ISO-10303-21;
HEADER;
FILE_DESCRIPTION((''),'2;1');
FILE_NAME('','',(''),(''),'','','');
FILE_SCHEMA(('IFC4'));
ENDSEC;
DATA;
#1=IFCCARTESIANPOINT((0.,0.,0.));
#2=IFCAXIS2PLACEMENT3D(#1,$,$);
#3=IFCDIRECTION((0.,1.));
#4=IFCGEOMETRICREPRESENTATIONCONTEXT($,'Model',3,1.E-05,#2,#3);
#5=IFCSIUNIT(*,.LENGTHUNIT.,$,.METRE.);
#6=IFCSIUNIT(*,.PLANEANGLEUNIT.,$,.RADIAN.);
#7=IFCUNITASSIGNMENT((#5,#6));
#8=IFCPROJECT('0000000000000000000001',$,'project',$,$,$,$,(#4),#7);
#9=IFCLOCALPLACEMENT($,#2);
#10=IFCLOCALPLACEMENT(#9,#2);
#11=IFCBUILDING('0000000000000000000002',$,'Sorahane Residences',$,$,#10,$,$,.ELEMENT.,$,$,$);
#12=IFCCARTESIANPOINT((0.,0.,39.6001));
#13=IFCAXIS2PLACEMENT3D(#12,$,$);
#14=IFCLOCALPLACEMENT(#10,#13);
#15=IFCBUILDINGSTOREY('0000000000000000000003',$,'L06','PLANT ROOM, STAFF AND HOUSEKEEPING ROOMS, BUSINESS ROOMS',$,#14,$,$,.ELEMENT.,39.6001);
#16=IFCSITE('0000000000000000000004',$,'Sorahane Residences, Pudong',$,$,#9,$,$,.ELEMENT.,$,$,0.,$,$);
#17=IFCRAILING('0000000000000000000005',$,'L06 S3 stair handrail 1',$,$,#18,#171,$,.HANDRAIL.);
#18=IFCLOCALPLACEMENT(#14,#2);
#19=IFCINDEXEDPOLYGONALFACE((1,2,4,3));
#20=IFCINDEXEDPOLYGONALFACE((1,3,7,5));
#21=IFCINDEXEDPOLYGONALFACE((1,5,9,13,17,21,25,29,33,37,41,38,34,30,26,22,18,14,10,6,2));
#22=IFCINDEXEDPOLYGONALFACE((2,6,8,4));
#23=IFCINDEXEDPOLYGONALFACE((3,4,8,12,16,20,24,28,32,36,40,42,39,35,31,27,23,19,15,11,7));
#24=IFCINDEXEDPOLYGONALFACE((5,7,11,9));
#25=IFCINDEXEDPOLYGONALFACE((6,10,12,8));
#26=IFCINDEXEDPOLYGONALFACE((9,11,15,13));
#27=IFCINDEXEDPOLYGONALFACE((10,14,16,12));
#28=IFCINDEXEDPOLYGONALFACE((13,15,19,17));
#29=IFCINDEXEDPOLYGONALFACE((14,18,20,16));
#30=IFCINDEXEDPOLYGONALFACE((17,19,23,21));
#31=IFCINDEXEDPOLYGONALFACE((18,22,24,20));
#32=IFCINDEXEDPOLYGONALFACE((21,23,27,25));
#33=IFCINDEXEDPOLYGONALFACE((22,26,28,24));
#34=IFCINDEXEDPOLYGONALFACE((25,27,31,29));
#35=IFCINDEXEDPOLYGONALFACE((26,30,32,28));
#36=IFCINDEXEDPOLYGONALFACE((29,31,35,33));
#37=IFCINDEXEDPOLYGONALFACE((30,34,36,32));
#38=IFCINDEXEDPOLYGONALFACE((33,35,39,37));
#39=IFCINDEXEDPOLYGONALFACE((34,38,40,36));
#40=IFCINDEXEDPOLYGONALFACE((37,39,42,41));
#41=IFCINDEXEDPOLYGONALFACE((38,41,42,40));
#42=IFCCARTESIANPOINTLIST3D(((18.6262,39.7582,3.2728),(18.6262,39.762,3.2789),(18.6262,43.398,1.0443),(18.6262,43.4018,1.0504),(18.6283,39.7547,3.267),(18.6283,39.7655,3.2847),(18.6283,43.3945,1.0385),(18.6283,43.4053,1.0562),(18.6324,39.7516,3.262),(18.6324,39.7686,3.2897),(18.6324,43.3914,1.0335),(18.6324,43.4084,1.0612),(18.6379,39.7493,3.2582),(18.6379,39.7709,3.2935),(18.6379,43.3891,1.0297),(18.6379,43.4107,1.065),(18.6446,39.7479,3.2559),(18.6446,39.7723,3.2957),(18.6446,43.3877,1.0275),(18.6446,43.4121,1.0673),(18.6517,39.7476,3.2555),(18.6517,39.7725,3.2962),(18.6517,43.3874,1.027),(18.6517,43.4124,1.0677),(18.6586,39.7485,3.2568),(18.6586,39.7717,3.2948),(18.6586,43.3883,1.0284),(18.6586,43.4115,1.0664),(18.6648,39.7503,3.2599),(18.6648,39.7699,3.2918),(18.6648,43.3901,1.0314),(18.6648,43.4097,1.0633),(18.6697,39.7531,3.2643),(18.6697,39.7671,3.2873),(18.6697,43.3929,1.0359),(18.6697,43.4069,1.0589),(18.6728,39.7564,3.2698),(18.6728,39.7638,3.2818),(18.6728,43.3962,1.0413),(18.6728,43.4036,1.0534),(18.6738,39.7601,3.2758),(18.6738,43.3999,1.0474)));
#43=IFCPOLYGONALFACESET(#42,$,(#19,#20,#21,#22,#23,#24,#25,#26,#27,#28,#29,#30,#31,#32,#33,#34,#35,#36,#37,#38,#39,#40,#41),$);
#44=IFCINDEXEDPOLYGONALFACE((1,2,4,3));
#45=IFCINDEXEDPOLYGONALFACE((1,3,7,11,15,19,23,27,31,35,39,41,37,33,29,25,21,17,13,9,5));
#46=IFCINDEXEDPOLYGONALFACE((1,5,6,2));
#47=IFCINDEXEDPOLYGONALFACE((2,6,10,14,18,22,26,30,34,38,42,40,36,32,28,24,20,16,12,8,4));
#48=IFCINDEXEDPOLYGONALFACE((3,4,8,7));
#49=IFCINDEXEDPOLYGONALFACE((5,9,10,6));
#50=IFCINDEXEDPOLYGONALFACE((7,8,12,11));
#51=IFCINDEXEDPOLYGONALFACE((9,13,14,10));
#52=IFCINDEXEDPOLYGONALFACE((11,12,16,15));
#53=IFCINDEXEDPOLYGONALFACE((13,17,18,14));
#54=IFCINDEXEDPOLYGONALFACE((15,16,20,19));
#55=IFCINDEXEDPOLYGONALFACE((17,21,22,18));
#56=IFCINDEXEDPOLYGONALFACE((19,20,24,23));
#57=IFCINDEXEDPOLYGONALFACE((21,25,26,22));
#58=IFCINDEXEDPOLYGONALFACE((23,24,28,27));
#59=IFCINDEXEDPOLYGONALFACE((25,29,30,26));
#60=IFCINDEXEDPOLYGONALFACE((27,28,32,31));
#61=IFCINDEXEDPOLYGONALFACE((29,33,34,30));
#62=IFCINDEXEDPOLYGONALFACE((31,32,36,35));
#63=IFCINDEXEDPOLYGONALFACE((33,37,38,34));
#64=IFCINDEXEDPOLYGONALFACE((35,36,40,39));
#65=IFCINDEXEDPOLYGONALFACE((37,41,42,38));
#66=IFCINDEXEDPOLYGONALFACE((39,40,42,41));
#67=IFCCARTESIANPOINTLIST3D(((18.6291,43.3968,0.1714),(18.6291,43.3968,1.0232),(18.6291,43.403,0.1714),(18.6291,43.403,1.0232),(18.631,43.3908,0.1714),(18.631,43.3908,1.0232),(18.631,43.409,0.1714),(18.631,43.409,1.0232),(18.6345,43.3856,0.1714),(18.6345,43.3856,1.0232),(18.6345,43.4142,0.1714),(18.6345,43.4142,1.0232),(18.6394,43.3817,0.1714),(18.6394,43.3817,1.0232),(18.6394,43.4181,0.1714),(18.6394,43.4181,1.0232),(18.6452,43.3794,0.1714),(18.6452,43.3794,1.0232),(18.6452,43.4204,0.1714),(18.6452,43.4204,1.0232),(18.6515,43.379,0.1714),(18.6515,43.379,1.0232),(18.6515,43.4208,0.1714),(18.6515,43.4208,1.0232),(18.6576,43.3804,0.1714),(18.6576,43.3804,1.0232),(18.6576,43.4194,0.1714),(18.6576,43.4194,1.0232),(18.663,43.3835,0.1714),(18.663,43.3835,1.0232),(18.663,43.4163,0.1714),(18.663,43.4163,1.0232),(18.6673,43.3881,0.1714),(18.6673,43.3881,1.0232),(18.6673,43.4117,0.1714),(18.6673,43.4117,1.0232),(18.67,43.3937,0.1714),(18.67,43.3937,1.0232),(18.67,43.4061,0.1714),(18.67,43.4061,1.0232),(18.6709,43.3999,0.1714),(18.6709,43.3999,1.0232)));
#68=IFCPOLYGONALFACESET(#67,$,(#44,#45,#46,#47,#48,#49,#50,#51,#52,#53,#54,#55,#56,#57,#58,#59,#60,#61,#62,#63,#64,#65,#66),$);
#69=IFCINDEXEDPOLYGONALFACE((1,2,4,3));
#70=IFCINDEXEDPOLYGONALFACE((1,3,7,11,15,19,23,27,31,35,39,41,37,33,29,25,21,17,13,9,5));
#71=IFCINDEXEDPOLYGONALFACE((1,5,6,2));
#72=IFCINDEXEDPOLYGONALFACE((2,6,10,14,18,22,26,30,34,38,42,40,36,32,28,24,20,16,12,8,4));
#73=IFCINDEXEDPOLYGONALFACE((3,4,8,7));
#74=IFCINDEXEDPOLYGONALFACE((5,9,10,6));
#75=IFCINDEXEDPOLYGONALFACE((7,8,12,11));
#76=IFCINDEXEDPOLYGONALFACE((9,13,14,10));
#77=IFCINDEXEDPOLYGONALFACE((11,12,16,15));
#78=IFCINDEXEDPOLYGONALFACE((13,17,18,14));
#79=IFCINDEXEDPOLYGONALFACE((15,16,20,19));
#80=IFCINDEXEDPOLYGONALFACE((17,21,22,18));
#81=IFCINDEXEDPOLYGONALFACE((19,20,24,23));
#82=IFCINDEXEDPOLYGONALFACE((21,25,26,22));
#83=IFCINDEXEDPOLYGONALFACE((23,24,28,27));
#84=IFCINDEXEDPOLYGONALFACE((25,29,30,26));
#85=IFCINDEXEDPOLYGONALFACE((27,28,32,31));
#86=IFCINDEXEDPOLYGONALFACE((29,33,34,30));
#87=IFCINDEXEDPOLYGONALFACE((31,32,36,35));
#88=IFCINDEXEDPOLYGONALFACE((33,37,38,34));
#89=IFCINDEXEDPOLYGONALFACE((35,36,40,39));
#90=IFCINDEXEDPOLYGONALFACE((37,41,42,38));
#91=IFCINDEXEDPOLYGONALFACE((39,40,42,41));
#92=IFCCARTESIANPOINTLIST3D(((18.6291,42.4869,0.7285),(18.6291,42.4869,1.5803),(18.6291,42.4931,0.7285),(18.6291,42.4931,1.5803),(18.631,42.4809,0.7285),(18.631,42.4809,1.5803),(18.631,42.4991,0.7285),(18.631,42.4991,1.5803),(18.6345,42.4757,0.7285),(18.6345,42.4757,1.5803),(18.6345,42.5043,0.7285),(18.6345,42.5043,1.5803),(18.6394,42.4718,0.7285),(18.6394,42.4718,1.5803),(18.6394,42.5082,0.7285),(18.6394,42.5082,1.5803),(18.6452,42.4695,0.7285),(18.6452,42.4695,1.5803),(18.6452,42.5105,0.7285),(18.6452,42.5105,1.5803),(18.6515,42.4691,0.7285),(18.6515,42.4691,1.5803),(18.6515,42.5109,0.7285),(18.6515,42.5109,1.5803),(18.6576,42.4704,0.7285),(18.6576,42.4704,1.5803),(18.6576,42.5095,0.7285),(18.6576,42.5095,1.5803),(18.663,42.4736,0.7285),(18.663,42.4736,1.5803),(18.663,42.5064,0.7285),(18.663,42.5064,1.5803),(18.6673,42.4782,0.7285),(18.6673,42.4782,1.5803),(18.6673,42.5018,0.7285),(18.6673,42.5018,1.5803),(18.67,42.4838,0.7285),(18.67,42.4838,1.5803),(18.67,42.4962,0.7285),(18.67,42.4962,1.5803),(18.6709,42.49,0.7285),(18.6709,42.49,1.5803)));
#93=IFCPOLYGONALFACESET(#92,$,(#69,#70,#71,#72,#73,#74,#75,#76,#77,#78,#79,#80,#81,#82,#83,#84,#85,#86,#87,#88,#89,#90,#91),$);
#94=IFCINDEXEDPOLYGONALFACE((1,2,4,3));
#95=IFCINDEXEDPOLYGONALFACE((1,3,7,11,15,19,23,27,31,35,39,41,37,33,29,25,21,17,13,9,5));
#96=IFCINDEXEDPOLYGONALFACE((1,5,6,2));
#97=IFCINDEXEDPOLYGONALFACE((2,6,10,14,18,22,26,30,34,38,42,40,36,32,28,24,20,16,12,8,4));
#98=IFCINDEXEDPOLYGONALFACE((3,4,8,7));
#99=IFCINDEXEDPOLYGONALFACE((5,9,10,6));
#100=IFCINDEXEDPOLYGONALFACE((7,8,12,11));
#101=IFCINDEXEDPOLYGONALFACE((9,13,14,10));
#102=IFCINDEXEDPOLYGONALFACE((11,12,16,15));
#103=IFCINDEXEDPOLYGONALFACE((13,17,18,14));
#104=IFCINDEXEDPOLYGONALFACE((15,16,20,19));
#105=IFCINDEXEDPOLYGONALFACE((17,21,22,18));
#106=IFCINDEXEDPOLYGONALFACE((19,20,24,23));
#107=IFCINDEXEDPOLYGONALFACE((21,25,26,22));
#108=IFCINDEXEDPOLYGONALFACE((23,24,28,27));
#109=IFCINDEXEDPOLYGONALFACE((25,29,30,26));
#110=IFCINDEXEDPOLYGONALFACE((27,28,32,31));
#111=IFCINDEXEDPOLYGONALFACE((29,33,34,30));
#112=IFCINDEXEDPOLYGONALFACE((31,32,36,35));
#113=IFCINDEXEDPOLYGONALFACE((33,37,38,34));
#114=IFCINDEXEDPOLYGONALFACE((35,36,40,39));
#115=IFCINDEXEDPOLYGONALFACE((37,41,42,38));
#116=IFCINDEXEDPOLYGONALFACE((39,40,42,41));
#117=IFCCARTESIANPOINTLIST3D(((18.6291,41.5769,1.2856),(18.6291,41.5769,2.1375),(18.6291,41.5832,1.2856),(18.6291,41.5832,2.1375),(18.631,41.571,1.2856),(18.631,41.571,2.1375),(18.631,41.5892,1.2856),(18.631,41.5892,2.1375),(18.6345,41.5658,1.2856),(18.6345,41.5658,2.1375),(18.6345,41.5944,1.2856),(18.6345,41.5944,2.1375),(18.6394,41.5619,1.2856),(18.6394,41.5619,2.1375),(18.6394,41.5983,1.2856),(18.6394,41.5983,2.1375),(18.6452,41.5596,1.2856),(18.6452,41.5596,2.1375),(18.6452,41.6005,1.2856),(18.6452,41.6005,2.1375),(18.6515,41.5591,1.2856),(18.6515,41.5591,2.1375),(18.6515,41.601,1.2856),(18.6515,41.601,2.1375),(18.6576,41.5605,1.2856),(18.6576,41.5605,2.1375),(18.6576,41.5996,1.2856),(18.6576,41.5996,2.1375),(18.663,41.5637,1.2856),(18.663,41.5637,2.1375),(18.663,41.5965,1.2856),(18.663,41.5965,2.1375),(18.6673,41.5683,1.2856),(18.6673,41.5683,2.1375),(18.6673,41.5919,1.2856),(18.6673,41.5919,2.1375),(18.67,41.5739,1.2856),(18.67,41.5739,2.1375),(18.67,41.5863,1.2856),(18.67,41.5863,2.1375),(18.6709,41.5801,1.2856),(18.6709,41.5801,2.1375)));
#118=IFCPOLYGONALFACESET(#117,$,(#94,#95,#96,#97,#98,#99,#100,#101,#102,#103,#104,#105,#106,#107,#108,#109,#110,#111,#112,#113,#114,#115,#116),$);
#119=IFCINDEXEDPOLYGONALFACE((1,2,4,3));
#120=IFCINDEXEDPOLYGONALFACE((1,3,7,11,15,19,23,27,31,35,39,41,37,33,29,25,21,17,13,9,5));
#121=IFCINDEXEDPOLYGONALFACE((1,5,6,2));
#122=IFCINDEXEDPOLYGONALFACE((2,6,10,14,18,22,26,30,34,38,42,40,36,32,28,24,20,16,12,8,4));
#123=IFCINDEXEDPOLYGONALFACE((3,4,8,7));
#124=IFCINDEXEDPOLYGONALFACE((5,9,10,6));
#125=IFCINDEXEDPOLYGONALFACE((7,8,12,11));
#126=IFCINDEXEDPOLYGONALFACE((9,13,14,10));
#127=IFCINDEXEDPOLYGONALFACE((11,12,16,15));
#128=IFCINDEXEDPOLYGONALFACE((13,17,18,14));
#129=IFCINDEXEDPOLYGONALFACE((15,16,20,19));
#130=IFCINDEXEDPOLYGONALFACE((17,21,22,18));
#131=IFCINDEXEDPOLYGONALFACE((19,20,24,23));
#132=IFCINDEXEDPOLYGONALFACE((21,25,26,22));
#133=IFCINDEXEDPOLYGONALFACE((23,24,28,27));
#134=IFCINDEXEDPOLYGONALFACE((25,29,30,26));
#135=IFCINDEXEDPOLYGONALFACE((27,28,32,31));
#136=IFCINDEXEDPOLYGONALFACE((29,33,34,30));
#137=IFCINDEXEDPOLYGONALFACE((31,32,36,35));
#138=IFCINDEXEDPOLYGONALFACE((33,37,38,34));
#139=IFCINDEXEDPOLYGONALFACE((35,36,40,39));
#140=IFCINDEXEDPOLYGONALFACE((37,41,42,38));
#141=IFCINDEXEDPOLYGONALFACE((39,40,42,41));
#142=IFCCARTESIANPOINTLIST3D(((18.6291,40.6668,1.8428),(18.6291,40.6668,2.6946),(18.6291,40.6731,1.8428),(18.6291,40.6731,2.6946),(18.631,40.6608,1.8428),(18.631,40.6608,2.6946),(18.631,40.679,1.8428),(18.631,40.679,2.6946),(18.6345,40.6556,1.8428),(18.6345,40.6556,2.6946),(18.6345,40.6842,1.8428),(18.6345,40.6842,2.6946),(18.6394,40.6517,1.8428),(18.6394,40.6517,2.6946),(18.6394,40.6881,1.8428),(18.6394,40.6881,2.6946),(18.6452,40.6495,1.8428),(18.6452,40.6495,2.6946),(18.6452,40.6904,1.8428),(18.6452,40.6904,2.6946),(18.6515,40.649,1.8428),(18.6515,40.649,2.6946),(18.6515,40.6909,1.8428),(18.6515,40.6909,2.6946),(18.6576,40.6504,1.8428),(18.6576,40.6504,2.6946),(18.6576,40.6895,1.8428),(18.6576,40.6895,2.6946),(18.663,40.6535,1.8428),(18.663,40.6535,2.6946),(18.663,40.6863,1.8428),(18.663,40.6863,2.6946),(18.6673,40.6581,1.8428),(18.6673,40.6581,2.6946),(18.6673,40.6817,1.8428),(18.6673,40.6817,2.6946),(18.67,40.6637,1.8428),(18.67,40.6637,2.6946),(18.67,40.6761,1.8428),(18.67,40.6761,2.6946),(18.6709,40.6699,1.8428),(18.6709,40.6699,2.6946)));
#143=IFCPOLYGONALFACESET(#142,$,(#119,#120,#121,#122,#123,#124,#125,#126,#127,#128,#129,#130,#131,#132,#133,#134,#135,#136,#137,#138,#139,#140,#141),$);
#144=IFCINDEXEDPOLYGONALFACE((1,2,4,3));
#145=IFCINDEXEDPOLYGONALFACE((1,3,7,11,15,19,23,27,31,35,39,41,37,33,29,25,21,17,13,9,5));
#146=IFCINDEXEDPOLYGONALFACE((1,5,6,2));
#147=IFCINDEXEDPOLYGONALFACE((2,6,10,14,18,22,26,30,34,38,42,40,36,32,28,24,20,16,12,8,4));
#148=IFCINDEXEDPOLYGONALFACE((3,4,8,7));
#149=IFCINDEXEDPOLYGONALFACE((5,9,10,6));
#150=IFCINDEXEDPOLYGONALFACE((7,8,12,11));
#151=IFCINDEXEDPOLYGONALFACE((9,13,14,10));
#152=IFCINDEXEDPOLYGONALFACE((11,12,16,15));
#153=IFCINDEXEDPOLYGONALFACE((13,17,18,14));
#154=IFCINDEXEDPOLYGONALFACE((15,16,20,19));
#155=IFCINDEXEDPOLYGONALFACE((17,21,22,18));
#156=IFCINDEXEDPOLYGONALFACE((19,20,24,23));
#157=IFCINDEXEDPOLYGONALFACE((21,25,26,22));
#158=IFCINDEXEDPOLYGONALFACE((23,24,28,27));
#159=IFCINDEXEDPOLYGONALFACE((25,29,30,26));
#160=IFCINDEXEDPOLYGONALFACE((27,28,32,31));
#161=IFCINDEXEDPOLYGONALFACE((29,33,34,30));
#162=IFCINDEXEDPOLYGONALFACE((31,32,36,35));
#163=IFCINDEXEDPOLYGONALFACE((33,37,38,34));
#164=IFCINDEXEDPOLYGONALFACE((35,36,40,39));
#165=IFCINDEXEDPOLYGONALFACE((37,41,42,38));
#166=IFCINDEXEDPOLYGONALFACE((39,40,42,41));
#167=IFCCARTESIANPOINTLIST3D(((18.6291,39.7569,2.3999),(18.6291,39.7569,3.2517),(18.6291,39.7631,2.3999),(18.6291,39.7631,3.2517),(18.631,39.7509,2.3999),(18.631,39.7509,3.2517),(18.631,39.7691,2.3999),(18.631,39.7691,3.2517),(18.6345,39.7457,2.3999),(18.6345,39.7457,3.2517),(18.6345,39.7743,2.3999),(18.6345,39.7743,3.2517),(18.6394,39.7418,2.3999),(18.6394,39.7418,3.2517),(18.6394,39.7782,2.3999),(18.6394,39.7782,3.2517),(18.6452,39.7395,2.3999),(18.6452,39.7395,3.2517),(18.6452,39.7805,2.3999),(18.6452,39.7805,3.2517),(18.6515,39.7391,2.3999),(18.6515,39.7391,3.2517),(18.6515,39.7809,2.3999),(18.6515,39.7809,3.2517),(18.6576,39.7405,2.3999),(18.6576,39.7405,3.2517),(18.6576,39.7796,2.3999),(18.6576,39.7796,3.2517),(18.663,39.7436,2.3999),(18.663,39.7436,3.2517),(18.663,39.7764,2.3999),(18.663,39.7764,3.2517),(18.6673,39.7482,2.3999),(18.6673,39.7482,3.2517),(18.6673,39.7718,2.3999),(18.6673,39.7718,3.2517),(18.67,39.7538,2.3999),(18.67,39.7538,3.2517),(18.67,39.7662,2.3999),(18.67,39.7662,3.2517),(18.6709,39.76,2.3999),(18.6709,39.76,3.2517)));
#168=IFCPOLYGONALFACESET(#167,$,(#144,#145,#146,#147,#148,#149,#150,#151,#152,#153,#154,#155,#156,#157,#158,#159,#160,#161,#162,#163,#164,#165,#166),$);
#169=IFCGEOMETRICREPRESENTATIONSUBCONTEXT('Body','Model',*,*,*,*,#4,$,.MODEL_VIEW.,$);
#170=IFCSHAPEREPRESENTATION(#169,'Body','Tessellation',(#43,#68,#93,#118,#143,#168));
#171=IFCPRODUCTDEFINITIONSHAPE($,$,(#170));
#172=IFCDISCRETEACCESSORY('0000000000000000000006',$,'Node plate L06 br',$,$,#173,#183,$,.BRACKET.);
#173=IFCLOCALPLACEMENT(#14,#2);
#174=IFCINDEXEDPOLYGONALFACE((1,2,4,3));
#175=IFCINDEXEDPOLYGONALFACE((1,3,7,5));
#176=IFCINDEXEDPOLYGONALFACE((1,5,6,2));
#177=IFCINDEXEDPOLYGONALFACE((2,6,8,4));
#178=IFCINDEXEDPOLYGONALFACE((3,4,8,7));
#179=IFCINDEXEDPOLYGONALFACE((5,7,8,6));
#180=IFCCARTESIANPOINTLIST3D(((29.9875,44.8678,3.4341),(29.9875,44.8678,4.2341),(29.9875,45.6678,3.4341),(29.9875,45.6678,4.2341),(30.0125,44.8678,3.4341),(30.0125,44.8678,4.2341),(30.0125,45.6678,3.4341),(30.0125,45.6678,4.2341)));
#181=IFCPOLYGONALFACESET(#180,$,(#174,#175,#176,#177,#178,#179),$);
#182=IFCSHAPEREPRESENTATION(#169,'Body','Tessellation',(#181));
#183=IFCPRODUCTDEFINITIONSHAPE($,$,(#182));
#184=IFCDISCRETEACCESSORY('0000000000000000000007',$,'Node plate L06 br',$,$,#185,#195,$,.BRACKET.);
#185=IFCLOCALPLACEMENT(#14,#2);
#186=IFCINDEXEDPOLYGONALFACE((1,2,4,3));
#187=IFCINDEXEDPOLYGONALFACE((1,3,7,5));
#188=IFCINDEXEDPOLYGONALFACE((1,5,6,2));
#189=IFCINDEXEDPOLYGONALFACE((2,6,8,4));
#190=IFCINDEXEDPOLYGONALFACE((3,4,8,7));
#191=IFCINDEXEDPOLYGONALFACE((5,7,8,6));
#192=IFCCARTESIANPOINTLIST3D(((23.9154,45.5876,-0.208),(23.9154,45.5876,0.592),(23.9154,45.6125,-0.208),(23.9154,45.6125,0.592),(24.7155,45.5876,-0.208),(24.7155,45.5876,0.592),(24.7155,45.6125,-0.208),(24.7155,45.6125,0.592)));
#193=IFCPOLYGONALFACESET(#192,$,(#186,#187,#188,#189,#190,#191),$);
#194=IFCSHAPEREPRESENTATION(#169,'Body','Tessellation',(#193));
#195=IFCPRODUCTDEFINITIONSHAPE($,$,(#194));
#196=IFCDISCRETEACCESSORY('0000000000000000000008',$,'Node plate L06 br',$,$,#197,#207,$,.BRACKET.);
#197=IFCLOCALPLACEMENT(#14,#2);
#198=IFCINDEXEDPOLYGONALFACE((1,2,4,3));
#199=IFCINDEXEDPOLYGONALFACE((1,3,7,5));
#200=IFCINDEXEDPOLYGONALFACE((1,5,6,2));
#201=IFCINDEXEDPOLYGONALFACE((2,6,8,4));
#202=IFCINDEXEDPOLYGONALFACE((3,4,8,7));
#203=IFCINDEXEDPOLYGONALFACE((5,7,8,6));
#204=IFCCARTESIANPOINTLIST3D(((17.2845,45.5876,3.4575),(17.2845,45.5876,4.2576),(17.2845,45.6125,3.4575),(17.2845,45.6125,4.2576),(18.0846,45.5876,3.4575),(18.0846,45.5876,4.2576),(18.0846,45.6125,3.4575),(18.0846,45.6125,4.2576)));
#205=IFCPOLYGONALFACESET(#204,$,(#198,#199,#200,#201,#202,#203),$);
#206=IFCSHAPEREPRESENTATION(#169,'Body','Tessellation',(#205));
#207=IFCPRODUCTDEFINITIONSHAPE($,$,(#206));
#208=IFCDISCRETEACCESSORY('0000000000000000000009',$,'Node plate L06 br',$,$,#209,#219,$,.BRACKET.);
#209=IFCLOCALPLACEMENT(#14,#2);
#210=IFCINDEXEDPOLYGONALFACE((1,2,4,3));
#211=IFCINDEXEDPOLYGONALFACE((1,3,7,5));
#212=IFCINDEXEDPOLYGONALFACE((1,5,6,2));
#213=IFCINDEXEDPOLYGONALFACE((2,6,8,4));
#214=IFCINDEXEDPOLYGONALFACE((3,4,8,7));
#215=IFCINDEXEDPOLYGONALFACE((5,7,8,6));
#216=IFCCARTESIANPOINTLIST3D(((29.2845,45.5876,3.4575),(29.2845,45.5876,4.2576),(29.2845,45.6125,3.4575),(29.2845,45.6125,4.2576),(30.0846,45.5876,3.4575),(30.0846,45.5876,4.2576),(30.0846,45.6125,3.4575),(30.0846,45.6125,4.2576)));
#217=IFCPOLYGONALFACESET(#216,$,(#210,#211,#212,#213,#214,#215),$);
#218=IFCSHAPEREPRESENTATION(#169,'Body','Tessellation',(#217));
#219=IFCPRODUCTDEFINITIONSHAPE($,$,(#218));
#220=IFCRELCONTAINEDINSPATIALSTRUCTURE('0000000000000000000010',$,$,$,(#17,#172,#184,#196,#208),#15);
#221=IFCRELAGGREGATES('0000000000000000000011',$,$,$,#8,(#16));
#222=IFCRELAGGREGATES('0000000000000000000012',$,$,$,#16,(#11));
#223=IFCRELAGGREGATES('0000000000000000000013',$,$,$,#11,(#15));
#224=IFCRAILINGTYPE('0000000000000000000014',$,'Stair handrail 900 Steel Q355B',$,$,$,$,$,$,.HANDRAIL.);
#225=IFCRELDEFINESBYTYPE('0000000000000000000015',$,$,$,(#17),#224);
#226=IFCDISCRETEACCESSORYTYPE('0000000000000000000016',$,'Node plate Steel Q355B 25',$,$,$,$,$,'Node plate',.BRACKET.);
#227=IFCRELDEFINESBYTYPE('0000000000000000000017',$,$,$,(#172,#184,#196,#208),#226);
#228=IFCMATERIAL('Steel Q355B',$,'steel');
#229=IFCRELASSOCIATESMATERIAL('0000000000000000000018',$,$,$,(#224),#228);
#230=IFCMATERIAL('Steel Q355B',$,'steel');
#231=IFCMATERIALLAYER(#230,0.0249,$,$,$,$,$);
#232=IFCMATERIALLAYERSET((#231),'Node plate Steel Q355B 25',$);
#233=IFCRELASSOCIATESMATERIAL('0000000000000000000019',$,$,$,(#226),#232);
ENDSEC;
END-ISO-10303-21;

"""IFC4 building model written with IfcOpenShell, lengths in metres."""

from ifc_helpers import new_model, si_unit, direction, frame, origin, origin_2d, place, context, subcontext, project, spatial, rectangle, circle, extrude, material, layer, layer_set, type_object, element, save


model = new_model("IFC4")

# Units and contexts
model_context = context("Model", 3, precision=1e-05, world=origin(), true_north=direction((0.0, 1.0)))
body_context = subcontext(model_context, "Body", "Model", "MODEL_VIEW")
ifc_project = project(units=[si_unit("LENGTHUNIT", "METRE"), si_unit("PLANEANGLEUNIT", "RADIAN")], contexts=[model_context])

# Site, building, storey
site_placement = place(None, origin())
site = spatial("IfcSite", under=ifc_project, at=site_placement, Name="Sorahane Residences, Pudong", CompositionType="ELEMENT", RefElevation=0.0)
building_placement = place(site_placement, origin())
building = spatial("IfcBuilding", under=site, at=building_placement, Name="Sorahane Residences", CompositionType="ELEMENT")
storey_placement = place(building_placement, frame((0.0, 0.0, 39.6001)))
storey = spatial("IfcBuildingStorey", under=building, at=storey_placement, Name="L06", Description="PLANT ROOM, STAFF AND HOUSEKEEPING ROOMS, BUSINESS ROOMS", CompositionType="ELEMENT", Elevation=39.6001)

# Railing
ifc_material_1 = material(Name="Steel Q355B", Category="steel")
railing_type_1 = type_object("IfcRailingType", Name="Stair handrail 900 Steel Q355B", PredefinedType="HANDRAIL", material=ifc_material_1)
railing_1_placement = place(storey_placement, frame((18.6499, 43.3999, 0.1714)))
element("IfcRailing", 1, at=railing_1_placement, inside=storey, type_object=railing_type_1, Name="L06 S3 stair handrail 1", PredefinedType="HANDRAIL", context=body_context, shape_type="SweptSolid", body=[
    extrude(circle(Radius=0.0239, at=origin_2d()), frame((0.0, 0.0, 0.876), z_axis=(0.0, -0.85285, 0.522156), x_axis=(1.0, 0.0, 0.0)), (0.0, 0.0, 1.0), 4.2678),
    extrude(circle(Radius=0.021, at=origin_2d()), origin(), (0.0, 0.0, 1.0), 0.8518),
    extrude(circle(Radius=0.021, at=origin_2d()), frame((0.0, -0.9099, 0.5571)), (0.0, 0.0, 1.0), 0.8518),
    extrude(circle(Radius=0.021, at=origin_2d()), frame((0.0, -1.8198, 1.1143)), (0.0, 0.0, 1.0), 0.8518),
    extrude(circle(Radius=0.021, at=origin_2d()), frame((0.0, -2.73, 1.6714)), (0.0, 0.0, 1.0), 0.8518),
    extrude(circle(Radius=0.021, at=origin_2d()), frame((0.0, -3.6399, 2.2285)), (0.0, 0.0, 1.0), 0.8518),
])

# Discrete accessories
ifc_material_2 = material(Name="Steel Q355B", Category="steel")
ifc_layer_1 = layer(ifc_material_2, 0.0249)
ifc_layer_set_1 = layer_set([ifc_layer_1], Name="Node plate Steel Q355B 25")
discrete_accessory_type = type_object("IfcDiscreteAccessoryType", Name="Node plate Steel Q355B 25", ElementType="Node plate", PredefinedType="BRACKET", material=ifc_layer_set_1)
for number, where, z_axis, x_axis, name in (
    (2, (30.0, 45.2678, 3.4341), (0.0, 0.0, 1.0), (0.0, 1.0, 0.0), "Node plate L06 br"),
    (3, (24.3154, 45.6001, -0.208), (0.0, 0.0, 1.0), (1.0, 0.0, 0.0), "Node plate L06 br"),
    (4, (17.6846, 45.6001, 3.4575), (0.0, 0.0, 1.0), (1.0, 0.0, 0.0), "Node plate L06 br"),
    (5, (29.6846, 45.6001, 3.4575), (0.0, 0.0, 1.0), (1.0, 0.0, 0.0), "Node plate L06 br"),
):
    element("IfcDiscreteAccessory", number, at=place(storey_placement, frame(where, z_axis=z_axis, x_axis=x_axis)), inside=storey, type_object=discrete_accessory_type, Name=name, PredefinedType="BRACKET", context=body_context, shape_type="SweptSolid", body=[
        extrude(rectangle(XDim=0.8, YDim=0.0249, at=origin_2d()), origin(), (0.0, 0.0, 1.0), 0.8),
    ])

save(model, "model.ifc")
